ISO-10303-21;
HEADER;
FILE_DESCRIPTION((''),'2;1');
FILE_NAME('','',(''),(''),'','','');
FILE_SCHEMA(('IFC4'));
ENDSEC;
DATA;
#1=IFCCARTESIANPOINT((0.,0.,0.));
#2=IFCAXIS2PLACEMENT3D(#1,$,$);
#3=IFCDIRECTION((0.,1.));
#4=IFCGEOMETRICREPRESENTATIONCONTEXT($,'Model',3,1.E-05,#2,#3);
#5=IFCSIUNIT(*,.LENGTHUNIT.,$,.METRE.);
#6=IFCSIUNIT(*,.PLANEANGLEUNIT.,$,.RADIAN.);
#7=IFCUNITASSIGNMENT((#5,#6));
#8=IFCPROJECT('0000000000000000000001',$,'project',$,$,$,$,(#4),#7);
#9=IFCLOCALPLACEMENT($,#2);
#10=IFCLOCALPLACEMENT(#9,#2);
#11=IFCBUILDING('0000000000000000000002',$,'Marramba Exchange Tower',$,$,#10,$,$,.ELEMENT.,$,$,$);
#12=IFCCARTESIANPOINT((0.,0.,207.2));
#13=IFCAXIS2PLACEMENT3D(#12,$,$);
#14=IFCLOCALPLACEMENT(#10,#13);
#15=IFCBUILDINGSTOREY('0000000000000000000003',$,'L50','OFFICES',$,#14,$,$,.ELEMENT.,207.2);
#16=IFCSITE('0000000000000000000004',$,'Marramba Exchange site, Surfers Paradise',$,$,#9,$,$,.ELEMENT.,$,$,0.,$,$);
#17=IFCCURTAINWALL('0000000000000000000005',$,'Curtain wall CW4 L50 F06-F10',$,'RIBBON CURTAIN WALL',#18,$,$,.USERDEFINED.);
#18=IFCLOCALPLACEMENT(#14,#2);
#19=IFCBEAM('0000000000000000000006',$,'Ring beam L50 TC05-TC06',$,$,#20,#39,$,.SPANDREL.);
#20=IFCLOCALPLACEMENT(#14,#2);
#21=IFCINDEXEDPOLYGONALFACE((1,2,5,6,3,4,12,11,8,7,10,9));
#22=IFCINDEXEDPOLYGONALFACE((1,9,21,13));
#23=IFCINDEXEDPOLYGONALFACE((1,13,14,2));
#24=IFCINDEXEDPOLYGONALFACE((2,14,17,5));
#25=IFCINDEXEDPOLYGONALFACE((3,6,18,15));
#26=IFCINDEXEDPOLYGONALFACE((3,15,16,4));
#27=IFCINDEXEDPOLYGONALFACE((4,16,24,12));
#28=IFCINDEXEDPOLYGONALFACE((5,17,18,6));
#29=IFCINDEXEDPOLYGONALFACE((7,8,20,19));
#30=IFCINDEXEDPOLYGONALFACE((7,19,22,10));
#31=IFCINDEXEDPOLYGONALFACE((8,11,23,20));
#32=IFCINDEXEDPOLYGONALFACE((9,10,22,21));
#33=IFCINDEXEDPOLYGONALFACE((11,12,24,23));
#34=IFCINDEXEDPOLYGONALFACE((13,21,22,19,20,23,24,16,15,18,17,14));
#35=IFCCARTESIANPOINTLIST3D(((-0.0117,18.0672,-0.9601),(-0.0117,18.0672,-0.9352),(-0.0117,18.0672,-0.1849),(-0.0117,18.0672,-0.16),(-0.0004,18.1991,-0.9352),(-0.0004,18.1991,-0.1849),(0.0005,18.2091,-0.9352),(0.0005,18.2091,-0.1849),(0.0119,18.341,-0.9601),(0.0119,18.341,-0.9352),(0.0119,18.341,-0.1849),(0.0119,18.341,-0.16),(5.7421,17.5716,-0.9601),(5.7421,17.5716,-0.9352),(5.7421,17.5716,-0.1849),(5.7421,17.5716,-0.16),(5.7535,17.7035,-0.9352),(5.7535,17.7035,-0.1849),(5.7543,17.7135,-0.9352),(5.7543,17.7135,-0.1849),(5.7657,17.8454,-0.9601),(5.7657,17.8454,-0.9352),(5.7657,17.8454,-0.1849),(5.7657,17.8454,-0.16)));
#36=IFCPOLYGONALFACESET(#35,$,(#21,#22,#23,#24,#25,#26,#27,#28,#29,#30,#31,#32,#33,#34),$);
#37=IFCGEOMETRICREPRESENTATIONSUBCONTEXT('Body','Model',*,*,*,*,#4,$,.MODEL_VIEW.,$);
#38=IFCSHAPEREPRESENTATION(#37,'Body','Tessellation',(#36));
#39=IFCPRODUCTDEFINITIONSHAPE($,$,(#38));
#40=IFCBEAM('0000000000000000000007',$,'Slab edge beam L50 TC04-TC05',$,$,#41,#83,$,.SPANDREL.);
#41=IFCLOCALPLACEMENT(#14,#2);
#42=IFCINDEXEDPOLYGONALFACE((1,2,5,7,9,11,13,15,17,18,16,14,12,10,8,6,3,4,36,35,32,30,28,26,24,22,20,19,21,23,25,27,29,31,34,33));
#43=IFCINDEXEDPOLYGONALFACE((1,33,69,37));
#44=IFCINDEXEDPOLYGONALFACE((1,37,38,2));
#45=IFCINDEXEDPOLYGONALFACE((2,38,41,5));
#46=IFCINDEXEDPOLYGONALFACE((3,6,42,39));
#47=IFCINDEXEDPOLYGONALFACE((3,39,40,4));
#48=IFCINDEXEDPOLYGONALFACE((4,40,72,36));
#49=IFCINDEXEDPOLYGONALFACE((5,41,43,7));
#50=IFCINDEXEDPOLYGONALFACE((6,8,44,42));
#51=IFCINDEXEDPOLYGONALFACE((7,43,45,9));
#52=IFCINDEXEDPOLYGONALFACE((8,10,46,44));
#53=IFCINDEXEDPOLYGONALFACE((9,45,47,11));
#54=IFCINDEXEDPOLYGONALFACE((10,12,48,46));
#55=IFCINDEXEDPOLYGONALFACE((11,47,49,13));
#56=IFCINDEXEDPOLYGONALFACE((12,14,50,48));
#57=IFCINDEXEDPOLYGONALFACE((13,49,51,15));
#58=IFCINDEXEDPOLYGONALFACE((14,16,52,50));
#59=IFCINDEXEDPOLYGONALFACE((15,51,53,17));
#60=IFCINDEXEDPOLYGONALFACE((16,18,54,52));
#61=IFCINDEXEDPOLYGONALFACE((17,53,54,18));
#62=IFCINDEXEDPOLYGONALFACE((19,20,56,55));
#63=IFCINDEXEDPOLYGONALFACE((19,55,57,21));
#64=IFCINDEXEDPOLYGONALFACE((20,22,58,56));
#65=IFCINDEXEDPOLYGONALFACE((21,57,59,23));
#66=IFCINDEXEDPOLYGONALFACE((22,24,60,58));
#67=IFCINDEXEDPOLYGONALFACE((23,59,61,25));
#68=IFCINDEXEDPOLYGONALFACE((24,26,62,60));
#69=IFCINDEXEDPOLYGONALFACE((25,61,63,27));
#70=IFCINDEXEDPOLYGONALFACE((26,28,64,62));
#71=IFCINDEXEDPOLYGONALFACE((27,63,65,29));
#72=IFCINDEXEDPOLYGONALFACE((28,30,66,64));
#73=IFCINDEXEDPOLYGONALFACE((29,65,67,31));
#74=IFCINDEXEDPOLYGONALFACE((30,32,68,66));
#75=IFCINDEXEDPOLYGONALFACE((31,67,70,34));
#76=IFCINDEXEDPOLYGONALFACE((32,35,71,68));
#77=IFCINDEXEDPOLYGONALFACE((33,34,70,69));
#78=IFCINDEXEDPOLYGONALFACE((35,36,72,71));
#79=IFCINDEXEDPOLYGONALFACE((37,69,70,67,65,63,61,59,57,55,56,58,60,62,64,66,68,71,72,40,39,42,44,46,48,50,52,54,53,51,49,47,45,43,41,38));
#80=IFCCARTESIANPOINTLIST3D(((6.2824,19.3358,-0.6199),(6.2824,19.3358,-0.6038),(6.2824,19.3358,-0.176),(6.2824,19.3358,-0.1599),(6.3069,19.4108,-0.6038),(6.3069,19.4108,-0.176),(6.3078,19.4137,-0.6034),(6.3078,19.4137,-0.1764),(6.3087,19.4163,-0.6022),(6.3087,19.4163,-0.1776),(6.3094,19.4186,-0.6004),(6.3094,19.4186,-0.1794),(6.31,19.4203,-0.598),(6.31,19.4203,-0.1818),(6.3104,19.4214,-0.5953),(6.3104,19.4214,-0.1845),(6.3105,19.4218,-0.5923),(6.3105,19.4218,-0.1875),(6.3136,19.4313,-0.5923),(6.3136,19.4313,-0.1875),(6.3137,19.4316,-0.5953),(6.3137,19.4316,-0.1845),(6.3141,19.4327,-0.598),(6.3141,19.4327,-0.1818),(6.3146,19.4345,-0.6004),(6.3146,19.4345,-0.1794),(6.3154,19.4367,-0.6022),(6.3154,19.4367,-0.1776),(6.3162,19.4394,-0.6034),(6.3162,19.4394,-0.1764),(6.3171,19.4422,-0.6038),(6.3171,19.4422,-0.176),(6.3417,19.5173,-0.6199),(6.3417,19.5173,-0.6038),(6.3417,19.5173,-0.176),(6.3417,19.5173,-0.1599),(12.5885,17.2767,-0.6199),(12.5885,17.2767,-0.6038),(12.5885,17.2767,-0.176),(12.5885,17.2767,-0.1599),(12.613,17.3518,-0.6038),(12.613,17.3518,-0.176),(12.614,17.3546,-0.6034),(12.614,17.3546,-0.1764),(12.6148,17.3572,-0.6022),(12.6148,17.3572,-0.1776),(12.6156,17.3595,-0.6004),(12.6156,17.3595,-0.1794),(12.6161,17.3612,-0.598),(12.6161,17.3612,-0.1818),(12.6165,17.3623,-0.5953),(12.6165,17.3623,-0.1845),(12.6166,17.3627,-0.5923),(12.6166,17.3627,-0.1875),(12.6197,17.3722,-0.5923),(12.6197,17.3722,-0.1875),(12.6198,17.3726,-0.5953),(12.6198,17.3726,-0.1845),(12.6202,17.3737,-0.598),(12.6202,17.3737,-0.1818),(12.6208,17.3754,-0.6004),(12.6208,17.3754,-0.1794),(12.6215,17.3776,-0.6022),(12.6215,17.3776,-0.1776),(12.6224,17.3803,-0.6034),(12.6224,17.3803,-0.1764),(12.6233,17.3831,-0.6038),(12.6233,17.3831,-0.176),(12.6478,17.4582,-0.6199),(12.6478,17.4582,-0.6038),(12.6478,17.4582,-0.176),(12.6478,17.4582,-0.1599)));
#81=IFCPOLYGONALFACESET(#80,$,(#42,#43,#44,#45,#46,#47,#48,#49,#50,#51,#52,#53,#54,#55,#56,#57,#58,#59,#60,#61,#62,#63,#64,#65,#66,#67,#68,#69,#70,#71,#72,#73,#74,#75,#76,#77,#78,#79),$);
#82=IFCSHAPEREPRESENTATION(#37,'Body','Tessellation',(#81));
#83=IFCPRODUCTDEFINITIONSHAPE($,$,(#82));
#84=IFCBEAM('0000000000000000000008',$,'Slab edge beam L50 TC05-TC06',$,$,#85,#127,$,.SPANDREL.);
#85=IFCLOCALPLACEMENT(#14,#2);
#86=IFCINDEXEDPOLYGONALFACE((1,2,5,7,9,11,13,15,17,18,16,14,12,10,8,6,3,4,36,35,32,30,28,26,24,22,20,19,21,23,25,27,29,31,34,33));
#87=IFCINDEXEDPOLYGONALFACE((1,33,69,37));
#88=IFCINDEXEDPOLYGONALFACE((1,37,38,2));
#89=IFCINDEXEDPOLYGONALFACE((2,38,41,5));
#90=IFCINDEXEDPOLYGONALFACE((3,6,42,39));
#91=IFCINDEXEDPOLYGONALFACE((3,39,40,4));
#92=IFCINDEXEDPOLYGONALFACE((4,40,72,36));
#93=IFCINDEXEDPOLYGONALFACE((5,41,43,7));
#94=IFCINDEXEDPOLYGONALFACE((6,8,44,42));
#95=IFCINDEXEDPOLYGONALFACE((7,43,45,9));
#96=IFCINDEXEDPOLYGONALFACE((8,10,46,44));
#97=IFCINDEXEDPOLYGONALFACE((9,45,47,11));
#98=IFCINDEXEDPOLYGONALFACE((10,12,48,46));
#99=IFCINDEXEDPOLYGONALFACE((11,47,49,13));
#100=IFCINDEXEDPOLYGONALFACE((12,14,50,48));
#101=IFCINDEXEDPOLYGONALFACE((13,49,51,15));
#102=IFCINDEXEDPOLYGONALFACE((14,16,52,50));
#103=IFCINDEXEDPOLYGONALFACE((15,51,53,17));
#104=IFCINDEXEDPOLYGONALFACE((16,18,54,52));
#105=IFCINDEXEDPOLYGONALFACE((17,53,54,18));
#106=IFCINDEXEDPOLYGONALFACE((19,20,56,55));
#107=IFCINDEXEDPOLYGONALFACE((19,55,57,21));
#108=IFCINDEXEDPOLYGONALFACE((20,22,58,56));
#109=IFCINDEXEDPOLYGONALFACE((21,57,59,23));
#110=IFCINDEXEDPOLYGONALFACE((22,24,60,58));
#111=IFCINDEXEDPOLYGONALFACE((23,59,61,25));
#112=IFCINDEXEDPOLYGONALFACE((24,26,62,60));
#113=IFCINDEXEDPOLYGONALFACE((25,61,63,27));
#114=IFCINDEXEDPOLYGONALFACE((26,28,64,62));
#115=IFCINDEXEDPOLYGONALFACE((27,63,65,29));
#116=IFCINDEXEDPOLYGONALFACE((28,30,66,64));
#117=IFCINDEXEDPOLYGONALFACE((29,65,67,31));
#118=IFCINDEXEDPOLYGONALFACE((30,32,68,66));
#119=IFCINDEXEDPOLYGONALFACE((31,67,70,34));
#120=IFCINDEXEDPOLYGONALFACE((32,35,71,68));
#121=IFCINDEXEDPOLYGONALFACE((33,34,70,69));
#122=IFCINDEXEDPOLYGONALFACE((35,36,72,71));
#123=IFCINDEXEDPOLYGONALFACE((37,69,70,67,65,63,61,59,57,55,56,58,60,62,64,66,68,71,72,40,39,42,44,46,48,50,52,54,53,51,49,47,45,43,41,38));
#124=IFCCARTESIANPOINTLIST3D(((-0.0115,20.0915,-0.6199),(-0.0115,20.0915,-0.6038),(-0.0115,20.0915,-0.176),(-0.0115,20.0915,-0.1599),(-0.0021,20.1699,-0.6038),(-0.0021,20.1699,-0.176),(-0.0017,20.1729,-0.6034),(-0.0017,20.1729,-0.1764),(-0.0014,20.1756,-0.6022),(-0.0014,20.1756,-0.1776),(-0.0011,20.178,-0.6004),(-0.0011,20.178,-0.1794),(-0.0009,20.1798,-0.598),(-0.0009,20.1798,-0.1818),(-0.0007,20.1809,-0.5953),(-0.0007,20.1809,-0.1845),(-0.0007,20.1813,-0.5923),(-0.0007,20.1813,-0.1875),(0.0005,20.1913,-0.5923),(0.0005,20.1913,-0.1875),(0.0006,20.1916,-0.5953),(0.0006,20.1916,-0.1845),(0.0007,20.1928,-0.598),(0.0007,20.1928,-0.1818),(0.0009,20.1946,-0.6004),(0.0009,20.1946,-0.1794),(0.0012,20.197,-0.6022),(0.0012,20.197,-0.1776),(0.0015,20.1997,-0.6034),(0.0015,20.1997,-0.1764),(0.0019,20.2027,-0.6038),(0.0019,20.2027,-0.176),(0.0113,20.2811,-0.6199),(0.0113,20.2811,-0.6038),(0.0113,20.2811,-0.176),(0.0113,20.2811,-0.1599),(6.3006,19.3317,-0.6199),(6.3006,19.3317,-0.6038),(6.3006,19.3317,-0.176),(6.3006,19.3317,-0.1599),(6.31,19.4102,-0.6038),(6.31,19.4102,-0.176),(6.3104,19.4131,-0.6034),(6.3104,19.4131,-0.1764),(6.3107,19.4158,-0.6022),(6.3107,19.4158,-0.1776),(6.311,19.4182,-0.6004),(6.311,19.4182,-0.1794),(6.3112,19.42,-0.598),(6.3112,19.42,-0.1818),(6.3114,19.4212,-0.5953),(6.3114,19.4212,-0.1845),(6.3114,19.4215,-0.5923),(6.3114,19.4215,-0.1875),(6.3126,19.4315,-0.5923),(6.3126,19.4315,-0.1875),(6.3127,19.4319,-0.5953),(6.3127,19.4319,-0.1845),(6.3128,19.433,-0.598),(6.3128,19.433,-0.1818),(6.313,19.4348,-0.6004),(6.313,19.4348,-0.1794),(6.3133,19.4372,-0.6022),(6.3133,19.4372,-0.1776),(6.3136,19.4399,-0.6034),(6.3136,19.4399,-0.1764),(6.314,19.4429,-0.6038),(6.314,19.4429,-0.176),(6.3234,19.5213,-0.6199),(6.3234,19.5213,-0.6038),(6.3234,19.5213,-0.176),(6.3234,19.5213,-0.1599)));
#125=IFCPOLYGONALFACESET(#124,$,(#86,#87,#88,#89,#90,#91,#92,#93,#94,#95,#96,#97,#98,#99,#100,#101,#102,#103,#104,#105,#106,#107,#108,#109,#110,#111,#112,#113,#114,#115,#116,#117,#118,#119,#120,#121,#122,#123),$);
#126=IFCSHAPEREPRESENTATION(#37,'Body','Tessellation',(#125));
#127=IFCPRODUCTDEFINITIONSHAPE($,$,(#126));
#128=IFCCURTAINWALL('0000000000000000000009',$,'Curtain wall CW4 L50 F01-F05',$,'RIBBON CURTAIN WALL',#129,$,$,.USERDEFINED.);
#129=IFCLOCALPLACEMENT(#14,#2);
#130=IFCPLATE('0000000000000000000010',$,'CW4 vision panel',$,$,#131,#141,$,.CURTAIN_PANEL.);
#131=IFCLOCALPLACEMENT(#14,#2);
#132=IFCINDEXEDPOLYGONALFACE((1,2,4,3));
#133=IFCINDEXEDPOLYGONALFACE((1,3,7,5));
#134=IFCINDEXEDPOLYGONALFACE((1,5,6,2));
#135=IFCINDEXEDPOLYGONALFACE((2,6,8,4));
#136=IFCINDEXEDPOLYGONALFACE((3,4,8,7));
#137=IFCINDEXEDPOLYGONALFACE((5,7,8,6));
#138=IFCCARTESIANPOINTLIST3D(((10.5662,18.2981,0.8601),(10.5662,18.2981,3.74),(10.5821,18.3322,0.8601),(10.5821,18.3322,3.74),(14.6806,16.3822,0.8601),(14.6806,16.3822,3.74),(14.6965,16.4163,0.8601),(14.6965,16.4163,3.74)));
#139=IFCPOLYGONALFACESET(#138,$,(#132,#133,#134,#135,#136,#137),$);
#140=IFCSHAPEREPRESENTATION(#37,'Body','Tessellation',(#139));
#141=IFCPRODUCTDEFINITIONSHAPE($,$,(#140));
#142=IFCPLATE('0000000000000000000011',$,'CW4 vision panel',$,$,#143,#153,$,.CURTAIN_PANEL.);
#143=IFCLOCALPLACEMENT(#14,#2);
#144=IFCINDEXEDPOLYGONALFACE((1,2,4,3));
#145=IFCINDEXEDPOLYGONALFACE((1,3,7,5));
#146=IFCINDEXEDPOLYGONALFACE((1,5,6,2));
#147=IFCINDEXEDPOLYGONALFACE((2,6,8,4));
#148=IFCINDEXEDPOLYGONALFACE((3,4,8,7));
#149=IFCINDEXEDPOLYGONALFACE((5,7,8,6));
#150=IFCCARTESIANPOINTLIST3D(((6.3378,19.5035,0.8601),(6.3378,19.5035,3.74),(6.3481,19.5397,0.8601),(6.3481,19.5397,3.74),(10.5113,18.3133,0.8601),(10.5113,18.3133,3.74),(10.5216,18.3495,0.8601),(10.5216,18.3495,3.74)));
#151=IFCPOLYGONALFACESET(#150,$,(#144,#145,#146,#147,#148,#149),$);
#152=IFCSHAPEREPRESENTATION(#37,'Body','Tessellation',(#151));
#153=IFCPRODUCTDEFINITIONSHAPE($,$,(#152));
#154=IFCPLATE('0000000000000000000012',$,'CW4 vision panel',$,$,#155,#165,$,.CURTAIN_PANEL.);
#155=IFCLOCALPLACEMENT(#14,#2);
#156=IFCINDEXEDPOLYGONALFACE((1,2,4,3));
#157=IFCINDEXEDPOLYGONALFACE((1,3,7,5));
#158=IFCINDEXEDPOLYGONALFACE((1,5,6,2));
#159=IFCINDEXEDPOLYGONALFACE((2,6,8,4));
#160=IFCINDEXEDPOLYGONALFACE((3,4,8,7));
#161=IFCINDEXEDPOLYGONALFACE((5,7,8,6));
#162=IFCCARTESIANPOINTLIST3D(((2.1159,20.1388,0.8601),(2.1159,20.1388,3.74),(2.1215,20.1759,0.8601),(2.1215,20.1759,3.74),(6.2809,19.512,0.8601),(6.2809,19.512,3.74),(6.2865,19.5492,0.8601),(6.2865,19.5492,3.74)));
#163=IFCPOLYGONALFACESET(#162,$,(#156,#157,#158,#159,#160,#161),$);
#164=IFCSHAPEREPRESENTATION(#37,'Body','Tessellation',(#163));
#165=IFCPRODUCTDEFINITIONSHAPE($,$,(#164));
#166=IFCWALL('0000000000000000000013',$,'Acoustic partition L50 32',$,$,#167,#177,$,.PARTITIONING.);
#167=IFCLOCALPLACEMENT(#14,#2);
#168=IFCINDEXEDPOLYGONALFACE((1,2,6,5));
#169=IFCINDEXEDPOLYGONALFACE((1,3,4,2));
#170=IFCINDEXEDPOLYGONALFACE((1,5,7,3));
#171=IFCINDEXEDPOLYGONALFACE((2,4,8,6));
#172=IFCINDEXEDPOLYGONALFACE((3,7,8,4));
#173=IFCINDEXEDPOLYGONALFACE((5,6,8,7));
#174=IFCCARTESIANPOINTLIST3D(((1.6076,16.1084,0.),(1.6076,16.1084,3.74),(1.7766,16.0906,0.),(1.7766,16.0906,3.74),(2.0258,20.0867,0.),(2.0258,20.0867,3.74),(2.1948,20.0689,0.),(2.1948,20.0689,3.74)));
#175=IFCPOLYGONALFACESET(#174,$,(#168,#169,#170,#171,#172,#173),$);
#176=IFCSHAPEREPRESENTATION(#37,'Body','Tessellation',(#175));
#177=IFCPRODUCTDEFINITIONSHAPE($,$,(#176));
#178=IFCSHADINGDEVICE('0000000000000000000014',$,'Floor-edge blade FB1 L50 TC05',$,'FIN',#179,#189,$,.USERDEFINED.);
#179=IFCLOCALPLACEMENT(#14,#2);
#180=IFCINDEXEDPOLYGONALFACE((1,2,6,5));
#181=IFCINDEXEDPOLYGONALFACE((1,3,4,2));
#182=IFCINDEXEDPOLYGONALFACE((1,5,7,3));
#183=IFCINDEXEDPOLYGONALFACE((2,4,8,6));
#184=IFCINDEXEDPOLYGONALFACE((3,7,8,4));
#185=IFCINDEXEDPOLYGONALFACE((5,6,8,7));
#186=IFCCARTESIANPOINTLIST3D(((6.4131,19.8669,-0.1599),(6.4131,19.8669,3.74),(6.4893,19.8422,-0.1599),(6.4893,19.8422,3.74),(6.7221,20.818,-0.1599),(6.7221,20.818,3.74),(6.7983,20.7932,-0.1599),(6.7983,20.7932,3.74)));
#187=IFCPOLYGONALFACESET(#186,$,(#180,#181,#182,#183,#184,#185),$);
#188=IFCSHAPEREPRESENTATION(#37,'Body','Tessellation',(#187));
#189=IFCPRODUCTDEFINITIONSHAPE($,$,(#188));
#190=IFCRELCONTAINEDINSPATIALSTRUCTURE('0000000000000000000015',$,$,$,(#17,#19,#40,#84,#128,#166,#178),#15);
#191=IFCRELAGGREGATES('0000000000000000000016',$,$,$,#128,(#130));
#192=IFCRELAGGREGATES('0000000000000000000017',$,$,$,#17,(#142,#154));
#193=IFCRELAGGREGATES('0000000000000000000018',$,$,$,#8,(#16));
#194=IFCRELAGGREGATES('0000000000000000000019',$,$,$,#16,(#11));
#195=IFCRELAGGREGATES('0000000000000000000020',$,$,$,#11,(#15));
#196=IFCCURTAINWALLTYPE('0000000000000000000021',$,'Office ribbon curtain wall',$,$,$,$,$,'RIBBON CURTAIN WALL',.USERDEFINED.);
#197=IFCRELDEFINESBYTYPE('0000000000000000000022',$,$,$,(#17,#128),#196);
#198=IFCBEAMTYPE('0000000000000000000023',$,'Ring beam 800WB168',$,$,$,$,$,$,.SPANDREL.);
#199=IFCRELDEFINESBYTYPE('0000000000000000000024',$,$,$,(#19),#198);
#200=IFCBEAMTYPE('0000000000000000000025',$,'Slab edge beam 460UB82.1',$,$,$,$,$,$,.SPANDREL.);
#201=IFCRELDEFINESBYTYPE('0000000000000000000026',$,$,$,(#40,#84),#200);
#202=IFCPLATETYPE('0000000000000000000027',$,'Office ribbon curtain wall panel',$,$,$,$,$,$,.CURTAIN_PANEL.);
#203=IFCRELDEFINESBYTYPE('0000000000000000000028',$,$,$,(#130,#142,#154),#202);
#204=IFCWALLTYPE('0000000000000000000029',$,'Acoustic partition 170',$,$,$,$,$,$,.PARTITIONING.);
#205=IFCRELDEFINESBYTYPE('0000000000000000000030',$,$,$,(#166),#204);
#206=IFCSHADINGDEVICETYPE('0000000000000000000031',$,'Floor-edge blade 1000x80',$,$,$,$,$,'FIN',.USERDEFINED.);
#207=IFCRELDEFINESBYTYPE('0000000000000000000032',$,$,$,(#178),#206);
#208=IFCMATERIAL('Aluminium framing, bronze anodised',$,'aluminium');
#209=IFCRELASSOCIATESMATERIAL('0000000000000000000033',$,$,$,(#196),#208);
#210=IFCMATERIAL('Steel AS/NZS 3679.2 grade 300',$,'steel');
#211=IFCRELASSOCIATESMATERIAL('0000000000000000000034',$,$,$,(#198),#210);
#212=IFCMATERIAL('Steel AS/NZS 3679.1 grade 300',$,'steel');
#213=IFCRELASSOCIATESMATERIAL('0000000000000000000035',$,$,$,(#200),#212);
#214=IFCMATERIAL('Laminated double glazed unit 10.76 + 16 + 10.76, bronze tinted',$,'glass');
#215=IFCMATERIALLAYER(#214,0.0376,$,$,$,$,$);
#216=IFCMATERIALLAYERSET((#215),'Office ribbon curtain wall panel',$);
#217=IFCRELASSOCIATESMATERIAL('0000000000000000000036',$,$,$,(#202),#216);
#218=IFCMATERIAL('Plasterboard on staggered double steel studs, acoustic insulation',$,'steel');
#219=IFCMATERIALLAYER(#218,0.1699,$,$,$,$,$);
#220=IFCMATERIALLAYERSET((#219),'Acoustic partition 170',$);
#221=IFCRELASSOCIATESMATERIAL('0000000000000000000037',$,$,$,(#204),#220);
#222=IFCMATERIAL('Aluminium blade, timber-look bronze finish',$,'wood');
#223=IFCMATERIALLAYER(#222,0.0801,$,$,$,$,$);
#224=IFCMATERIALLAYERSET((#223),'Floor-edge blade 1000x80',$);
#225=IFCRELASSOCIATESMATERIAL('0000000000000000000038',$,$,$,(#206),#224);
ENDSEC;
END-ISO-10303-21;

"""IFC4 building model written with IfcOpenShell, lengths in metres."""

from ifc_helpers import new_model, si_unit, direction, frame, frame_2d, origin, origin_2d, place, context, subcontext, project, spatial, rectangle, i_section, extrude, material, layer, layer_set, material_profile, profile_set, type_object, element, aggregate, save


model = new_model("IFC4")

# Units and contexts
model_context = context("Model", 3, precision=1e-05, world=origin(), true_north=direction((0.0, 1.0)))
body_context = subcontext(model_context, "Body", "Model", "MODEL_VIEW")
ifc_project = project(units=[si_unit("LENGTHUNIT", "METRE"), si_unit("PLANEANGLEUNIT", "RADIAN")], contexts=[model_context])

# Site, building, storey
site_placement = place(None, origin())
site = spatial("IfcSite", under=ifc_project, at=site_placement, Name="Marramba Exchange site, Surfers Paradise", CompositionType="ELEMENT", RefElevation=0.0)
building_placement = place(site_placement, origin())
building = spatial("IfcBuilding", under=site, at=building_placement, Name="Marramba Exchange Tower", CompositionType="ELEMENT")
storey_placement = place(building_placement, frame((0.0, 0.0, 207.2)))
storey = spatial("IfcBuildingStorey", under=building, at=storey_placement, Name="L50", Description="OFFICES", CompositionType="ELEMENT", Elevation=207.2)

# Shared definitions
ifc_material_1 = material(Name="Steel AS/NZS 3679.2 grade 300", Category="steel")

# Curtain wall
ifc_material_2 = material(Name="Aluminium framing, bronze anodised", Category="aluminium")
curtain_wall_type = type_object("IfcCurtainWallType", Name="Office ribbon curtain wall", ElementType="RIBBON CURTAIN WALL", PredefinedType="USERDEFINED", material=ifc_material_2)
curtain_wall_1_placement = place(storey_placement, origin())
curtain_wall_1 = element("IfcCurtainWall", 1, at=curtain_wall_1_placement, inside=storey, type_object=curtain_wall_type, Name="Curtain wall CW4 L50 F06-F10", ObjectType="RIBBON CURTAIN WALL", PredefinedType="USERDEFINED")

# Beams
ifc_material_profile_1 = material_profile(ifc_material_1, i_section(OverallWidth=0.2749, OverallDepth=0.8, WebThickness=0.01, FlangeThickness=0.0249, at=origin_2d()), Name="800WB168")
ifc_profile_set_1 = profile_set([ifc_material_profile_1], Name="Steel AS/NZS 3679.2 grade 300")
beam_type_1 = type_object("IfcBeamType", Name="Ring beam 800WB168", PredefinedType="SPANDREL", material=ifc_profile_set_1)
beam_1_placement = place(storey_placement, frame((5.7539, 17.7085, -0.5601), z_axis=(-0.996311, 0.085816, 0.0), x_axis=(-0.085816, -0.996311, 0.0)))
element("IfcBeam", 2, at=beam_1_placement, inside=storey, type_object=beam_type_1, Name="Ring beam L50 TC05-TC06", PredefinedType="SPANDREL", context=body_context, shape_type="SweptSolid", body=[
    extrude(i_section(OverallWidth=0.2749, OverallDepth=0.8, WebThickness=0.01, FlangeThickness=0.0249, at=origin_2d()), origin(), (0.0, 0.0, 1.0), 5.7751),
])
ifc_material_3 = material(Name="Steel AS/NZS 3679.1 grade 300", Category="steel")
ifc_material_profile_2 = material_profile(ifc_material_3, i_section(OverallWidth=0.1909, OverallDepth=0.46, WebThickness=0.01, FlangeThickness=0.0161, FilletRadius=0.0115, at=origin_2d()), Name="460UB82.1")
ifc_profile_set_2 = profile_set([ifc_material_profile_2], Name="Steel AS/NZS 3679.1 grade 300")
beam_type_2 = type_object("IfcBeamType", Name="Slab edge beam 460UB82.1", PredefinedType="SPANDREL", material=ifc_profile_set_2)
beam_2_placement = place(storey_placement, frame((12.6182, 17.3674, -0.3899), z_axis=(-0.950609, 0.310392, 0.0), x_axis=(-0.310392, -0.950609, 0.0)))
element("IfcBeam", 3, at=beam_2_placement, inside=storey, type_object=beam_type_2, Name="Slab edge beam L50 TC04-TC05", PredefinedType="SPANDREL", context=body_context, shape_type="SweptSolid", body=[
    extrude(i_section(OverallWidth=0.1909, OverallDepth=0.46, WebThickness=0.01, FlangeThickness=0.0161, FilletRadius=0.0115, at=origin_2d()), origin(), (0.0, 0.0, 1.0), 6.6338),
])
beam_3_placement = place(storey_placement, frame((6.312, 19.4265, -0.3899), z_axis=(-0.992834, 0.119506, 0.0), x_axis=(-0.119506, -0.992834, 0.0)))
element("IfcBeam", 4, at=beam_3_placement, inside=storey, type_object=beam_type_2, Name="Slab edge beam L50 TC05-TC06", PredefinedType="SPANDREL", context=body_context, shape_type="SweptSolid", body=[
    extrude(i_section(OverallWidth=0.1909, OverallDepth=0.46, WebThickness=0.01, FlangeThickness=0.0161, FilletRadius=0.0115, at=origin_2d()), origin(), (0.0, 0.0, 1.0), 6.3577),
])

# Curtain wall, plate
curtain_wall_2_placement = place(storey_placement, origin())
curtain_wall_2 = element("IfcCurtainWall", 5, at=curtain_wall_2_placement, inside=storey, type_object=curtain_wall_type, Name="Curtain wall CW4 L50 F01-F05", ObjectType="RIBBON CURTAIN WALL", PredefinedType="USERDEFINED")
ifc_material_4 = material(Name="Laminated double glazed unit 10.76 + 16 + 10.76, bronze tinted", Category="glass")
ifc_layer_1 = layer(ifc_material_4, 0.0376)
ifc_layer_set_1 = layer_set([ifc_layer_1], Name="Office ribbon curtain wall panel")
plate_type = type_object("IfcPlateType", Name="Office ribbon curtain wall panel", PredefinedType="CURTAIN_PANEL", material=ifc_layer_set_1)
plate_1_placement = place(storey_placement, frame((12.6313, 17.3572, 0.8601), z_axis=(0.0, 0.0, 1.0), x_axis=(-0.906534, 0.422133, 0.0)))
plate_1 = element("IfcPlate", 6, at=plate_1_placement, type_object=plate_type, Name="CW4 vision panel", PredefinedType="CURTAIN_PANEL", context=body_context, shape_type="SweptSolid", body=[
    extrude(rectangle(XDim=4.5386, YDim=0.0376, at=origin_2d()), origin(), (0.0, 0.0, 1.0), 2.8799),
])
aggregate(curtain_wall_2, [plate_1])

# Plates
plate_2_placement = place(storey_placement, frame((8.4297, 18.9265, 0.8601), z_axis=(0.0, 0.0, 1.0), x_axis=(-0.961659, 0.274248, 0.0)))
plate_2 = element("IfcPlate", 7, at=plate_2_placement, type_object=plate_type, Name="CW4 vision panel", PredefinedType="CURTAIN_PANEL", context=body_context, shape_type="SweptSolid", body=[
    extrude(rectangle(XDim=4.3398, YDim=0.0376, at=origin_2d()), origin(), (0.0, 0.0, 1.0), 2.8799),
])
plate_3_placement = place(storey_placement, frame((4.2012, 19.844, 0.8601), z_axis=(0.0, 0.0, 1.0), x_axis=(-0.988868, 0.148795, 0.0)))
plate_3 = element("IfcPlate", 8, at=plate_3_placement, type_object=plate_type, Name="CW4 vision panel", PredefinedType="CURTAIN_PANEL", context=body_context, shape_type="SweptSolid", body=[
    extrude(rectangle(XDim=4.2119, YDim=0.0376, at=origin_2d()), origin(), (0.0, 0.0, 1.0), 2.8799),
])
aggregate(curtain_wall_1, [plate_2, plate_3])

# Wall
ifc_material_5 = material(Name="Plasterboard on staggered double steel studs, acoustic insulation", Category="steel")
ifc_layer_2 = layer(ifc_material_5, 0.1699)
ifc_layer_set_2 = layer_set([ifc_layer_2], Name="Acoustic partition 170")
wall_type = type_object("IfcWallType", Name="Acoustic partition 170", PredefinedType="PARTITIONING", material=ifc_layer_set_2)
wall_placement = place(storey_placement, frame((1.6921, 16.0996, 0.0), z_axis=(0.0, 0.0, 1.0), x_axis=(0.104548, 0.99452, 0.0)))
element("IfcWall", 9, at=wall_placement, inside=storey, type_object=wall_type, Name="Acoustic partition L50 32", PredefinedType="PARTITIONING", context=body_context, shape_type="SweptSolid", body=[
    extrude(rectangle(XDim=4.0002, YDim=0.1699, at=frame_2d((2.0, 0.0))), origin(), (0.0, 0.0, 1.0), 3.74),
])

# Shading device
ifc_material_6 = material(Name="Aluminium blade, timber-look bronze finish", Category="wood")
ifc_layer_3 = layer(ifc_material_6, 0.0801)
ifc_layer_set_3 = layer_set([ifc_layer_3], Name="Floor-edge blade 1000x80")
shading_device_type_1 = type_object("IfcShadingDeviceType", Name="Floor-edge blade 1000x80", ElementType="FIN", PredefinedType="USERDEFINED", material=ifc_layer_set_3)
for number, where, z_axis, x_axis, name in (
    (10, (6.6057, 20.3301, -0.1599), (0.0, 0.0, 1.0), (0.309017, 0.951057, 0.0), "Floor-edge blade FB1 L50 TC05"),
):
    element("IfcShadingDevice", number, at=place(storey_placement, frame(where, z_axis=z_axis, x_axis=x_axis)), inside=storey, type_object=shading_device_type_1, Name=name, ObjectType="FIN", PredefinedType="USERDEFINED", context=body_context, shape_type="SweptSolid", body=[
        extrude(rectangle(XDim=1.0, YDim=0.0801, at=origin_2d()), origin(), (0.0, 0.0, 1.0), 3.8999),
    ])

save(model, "model.ifc")
